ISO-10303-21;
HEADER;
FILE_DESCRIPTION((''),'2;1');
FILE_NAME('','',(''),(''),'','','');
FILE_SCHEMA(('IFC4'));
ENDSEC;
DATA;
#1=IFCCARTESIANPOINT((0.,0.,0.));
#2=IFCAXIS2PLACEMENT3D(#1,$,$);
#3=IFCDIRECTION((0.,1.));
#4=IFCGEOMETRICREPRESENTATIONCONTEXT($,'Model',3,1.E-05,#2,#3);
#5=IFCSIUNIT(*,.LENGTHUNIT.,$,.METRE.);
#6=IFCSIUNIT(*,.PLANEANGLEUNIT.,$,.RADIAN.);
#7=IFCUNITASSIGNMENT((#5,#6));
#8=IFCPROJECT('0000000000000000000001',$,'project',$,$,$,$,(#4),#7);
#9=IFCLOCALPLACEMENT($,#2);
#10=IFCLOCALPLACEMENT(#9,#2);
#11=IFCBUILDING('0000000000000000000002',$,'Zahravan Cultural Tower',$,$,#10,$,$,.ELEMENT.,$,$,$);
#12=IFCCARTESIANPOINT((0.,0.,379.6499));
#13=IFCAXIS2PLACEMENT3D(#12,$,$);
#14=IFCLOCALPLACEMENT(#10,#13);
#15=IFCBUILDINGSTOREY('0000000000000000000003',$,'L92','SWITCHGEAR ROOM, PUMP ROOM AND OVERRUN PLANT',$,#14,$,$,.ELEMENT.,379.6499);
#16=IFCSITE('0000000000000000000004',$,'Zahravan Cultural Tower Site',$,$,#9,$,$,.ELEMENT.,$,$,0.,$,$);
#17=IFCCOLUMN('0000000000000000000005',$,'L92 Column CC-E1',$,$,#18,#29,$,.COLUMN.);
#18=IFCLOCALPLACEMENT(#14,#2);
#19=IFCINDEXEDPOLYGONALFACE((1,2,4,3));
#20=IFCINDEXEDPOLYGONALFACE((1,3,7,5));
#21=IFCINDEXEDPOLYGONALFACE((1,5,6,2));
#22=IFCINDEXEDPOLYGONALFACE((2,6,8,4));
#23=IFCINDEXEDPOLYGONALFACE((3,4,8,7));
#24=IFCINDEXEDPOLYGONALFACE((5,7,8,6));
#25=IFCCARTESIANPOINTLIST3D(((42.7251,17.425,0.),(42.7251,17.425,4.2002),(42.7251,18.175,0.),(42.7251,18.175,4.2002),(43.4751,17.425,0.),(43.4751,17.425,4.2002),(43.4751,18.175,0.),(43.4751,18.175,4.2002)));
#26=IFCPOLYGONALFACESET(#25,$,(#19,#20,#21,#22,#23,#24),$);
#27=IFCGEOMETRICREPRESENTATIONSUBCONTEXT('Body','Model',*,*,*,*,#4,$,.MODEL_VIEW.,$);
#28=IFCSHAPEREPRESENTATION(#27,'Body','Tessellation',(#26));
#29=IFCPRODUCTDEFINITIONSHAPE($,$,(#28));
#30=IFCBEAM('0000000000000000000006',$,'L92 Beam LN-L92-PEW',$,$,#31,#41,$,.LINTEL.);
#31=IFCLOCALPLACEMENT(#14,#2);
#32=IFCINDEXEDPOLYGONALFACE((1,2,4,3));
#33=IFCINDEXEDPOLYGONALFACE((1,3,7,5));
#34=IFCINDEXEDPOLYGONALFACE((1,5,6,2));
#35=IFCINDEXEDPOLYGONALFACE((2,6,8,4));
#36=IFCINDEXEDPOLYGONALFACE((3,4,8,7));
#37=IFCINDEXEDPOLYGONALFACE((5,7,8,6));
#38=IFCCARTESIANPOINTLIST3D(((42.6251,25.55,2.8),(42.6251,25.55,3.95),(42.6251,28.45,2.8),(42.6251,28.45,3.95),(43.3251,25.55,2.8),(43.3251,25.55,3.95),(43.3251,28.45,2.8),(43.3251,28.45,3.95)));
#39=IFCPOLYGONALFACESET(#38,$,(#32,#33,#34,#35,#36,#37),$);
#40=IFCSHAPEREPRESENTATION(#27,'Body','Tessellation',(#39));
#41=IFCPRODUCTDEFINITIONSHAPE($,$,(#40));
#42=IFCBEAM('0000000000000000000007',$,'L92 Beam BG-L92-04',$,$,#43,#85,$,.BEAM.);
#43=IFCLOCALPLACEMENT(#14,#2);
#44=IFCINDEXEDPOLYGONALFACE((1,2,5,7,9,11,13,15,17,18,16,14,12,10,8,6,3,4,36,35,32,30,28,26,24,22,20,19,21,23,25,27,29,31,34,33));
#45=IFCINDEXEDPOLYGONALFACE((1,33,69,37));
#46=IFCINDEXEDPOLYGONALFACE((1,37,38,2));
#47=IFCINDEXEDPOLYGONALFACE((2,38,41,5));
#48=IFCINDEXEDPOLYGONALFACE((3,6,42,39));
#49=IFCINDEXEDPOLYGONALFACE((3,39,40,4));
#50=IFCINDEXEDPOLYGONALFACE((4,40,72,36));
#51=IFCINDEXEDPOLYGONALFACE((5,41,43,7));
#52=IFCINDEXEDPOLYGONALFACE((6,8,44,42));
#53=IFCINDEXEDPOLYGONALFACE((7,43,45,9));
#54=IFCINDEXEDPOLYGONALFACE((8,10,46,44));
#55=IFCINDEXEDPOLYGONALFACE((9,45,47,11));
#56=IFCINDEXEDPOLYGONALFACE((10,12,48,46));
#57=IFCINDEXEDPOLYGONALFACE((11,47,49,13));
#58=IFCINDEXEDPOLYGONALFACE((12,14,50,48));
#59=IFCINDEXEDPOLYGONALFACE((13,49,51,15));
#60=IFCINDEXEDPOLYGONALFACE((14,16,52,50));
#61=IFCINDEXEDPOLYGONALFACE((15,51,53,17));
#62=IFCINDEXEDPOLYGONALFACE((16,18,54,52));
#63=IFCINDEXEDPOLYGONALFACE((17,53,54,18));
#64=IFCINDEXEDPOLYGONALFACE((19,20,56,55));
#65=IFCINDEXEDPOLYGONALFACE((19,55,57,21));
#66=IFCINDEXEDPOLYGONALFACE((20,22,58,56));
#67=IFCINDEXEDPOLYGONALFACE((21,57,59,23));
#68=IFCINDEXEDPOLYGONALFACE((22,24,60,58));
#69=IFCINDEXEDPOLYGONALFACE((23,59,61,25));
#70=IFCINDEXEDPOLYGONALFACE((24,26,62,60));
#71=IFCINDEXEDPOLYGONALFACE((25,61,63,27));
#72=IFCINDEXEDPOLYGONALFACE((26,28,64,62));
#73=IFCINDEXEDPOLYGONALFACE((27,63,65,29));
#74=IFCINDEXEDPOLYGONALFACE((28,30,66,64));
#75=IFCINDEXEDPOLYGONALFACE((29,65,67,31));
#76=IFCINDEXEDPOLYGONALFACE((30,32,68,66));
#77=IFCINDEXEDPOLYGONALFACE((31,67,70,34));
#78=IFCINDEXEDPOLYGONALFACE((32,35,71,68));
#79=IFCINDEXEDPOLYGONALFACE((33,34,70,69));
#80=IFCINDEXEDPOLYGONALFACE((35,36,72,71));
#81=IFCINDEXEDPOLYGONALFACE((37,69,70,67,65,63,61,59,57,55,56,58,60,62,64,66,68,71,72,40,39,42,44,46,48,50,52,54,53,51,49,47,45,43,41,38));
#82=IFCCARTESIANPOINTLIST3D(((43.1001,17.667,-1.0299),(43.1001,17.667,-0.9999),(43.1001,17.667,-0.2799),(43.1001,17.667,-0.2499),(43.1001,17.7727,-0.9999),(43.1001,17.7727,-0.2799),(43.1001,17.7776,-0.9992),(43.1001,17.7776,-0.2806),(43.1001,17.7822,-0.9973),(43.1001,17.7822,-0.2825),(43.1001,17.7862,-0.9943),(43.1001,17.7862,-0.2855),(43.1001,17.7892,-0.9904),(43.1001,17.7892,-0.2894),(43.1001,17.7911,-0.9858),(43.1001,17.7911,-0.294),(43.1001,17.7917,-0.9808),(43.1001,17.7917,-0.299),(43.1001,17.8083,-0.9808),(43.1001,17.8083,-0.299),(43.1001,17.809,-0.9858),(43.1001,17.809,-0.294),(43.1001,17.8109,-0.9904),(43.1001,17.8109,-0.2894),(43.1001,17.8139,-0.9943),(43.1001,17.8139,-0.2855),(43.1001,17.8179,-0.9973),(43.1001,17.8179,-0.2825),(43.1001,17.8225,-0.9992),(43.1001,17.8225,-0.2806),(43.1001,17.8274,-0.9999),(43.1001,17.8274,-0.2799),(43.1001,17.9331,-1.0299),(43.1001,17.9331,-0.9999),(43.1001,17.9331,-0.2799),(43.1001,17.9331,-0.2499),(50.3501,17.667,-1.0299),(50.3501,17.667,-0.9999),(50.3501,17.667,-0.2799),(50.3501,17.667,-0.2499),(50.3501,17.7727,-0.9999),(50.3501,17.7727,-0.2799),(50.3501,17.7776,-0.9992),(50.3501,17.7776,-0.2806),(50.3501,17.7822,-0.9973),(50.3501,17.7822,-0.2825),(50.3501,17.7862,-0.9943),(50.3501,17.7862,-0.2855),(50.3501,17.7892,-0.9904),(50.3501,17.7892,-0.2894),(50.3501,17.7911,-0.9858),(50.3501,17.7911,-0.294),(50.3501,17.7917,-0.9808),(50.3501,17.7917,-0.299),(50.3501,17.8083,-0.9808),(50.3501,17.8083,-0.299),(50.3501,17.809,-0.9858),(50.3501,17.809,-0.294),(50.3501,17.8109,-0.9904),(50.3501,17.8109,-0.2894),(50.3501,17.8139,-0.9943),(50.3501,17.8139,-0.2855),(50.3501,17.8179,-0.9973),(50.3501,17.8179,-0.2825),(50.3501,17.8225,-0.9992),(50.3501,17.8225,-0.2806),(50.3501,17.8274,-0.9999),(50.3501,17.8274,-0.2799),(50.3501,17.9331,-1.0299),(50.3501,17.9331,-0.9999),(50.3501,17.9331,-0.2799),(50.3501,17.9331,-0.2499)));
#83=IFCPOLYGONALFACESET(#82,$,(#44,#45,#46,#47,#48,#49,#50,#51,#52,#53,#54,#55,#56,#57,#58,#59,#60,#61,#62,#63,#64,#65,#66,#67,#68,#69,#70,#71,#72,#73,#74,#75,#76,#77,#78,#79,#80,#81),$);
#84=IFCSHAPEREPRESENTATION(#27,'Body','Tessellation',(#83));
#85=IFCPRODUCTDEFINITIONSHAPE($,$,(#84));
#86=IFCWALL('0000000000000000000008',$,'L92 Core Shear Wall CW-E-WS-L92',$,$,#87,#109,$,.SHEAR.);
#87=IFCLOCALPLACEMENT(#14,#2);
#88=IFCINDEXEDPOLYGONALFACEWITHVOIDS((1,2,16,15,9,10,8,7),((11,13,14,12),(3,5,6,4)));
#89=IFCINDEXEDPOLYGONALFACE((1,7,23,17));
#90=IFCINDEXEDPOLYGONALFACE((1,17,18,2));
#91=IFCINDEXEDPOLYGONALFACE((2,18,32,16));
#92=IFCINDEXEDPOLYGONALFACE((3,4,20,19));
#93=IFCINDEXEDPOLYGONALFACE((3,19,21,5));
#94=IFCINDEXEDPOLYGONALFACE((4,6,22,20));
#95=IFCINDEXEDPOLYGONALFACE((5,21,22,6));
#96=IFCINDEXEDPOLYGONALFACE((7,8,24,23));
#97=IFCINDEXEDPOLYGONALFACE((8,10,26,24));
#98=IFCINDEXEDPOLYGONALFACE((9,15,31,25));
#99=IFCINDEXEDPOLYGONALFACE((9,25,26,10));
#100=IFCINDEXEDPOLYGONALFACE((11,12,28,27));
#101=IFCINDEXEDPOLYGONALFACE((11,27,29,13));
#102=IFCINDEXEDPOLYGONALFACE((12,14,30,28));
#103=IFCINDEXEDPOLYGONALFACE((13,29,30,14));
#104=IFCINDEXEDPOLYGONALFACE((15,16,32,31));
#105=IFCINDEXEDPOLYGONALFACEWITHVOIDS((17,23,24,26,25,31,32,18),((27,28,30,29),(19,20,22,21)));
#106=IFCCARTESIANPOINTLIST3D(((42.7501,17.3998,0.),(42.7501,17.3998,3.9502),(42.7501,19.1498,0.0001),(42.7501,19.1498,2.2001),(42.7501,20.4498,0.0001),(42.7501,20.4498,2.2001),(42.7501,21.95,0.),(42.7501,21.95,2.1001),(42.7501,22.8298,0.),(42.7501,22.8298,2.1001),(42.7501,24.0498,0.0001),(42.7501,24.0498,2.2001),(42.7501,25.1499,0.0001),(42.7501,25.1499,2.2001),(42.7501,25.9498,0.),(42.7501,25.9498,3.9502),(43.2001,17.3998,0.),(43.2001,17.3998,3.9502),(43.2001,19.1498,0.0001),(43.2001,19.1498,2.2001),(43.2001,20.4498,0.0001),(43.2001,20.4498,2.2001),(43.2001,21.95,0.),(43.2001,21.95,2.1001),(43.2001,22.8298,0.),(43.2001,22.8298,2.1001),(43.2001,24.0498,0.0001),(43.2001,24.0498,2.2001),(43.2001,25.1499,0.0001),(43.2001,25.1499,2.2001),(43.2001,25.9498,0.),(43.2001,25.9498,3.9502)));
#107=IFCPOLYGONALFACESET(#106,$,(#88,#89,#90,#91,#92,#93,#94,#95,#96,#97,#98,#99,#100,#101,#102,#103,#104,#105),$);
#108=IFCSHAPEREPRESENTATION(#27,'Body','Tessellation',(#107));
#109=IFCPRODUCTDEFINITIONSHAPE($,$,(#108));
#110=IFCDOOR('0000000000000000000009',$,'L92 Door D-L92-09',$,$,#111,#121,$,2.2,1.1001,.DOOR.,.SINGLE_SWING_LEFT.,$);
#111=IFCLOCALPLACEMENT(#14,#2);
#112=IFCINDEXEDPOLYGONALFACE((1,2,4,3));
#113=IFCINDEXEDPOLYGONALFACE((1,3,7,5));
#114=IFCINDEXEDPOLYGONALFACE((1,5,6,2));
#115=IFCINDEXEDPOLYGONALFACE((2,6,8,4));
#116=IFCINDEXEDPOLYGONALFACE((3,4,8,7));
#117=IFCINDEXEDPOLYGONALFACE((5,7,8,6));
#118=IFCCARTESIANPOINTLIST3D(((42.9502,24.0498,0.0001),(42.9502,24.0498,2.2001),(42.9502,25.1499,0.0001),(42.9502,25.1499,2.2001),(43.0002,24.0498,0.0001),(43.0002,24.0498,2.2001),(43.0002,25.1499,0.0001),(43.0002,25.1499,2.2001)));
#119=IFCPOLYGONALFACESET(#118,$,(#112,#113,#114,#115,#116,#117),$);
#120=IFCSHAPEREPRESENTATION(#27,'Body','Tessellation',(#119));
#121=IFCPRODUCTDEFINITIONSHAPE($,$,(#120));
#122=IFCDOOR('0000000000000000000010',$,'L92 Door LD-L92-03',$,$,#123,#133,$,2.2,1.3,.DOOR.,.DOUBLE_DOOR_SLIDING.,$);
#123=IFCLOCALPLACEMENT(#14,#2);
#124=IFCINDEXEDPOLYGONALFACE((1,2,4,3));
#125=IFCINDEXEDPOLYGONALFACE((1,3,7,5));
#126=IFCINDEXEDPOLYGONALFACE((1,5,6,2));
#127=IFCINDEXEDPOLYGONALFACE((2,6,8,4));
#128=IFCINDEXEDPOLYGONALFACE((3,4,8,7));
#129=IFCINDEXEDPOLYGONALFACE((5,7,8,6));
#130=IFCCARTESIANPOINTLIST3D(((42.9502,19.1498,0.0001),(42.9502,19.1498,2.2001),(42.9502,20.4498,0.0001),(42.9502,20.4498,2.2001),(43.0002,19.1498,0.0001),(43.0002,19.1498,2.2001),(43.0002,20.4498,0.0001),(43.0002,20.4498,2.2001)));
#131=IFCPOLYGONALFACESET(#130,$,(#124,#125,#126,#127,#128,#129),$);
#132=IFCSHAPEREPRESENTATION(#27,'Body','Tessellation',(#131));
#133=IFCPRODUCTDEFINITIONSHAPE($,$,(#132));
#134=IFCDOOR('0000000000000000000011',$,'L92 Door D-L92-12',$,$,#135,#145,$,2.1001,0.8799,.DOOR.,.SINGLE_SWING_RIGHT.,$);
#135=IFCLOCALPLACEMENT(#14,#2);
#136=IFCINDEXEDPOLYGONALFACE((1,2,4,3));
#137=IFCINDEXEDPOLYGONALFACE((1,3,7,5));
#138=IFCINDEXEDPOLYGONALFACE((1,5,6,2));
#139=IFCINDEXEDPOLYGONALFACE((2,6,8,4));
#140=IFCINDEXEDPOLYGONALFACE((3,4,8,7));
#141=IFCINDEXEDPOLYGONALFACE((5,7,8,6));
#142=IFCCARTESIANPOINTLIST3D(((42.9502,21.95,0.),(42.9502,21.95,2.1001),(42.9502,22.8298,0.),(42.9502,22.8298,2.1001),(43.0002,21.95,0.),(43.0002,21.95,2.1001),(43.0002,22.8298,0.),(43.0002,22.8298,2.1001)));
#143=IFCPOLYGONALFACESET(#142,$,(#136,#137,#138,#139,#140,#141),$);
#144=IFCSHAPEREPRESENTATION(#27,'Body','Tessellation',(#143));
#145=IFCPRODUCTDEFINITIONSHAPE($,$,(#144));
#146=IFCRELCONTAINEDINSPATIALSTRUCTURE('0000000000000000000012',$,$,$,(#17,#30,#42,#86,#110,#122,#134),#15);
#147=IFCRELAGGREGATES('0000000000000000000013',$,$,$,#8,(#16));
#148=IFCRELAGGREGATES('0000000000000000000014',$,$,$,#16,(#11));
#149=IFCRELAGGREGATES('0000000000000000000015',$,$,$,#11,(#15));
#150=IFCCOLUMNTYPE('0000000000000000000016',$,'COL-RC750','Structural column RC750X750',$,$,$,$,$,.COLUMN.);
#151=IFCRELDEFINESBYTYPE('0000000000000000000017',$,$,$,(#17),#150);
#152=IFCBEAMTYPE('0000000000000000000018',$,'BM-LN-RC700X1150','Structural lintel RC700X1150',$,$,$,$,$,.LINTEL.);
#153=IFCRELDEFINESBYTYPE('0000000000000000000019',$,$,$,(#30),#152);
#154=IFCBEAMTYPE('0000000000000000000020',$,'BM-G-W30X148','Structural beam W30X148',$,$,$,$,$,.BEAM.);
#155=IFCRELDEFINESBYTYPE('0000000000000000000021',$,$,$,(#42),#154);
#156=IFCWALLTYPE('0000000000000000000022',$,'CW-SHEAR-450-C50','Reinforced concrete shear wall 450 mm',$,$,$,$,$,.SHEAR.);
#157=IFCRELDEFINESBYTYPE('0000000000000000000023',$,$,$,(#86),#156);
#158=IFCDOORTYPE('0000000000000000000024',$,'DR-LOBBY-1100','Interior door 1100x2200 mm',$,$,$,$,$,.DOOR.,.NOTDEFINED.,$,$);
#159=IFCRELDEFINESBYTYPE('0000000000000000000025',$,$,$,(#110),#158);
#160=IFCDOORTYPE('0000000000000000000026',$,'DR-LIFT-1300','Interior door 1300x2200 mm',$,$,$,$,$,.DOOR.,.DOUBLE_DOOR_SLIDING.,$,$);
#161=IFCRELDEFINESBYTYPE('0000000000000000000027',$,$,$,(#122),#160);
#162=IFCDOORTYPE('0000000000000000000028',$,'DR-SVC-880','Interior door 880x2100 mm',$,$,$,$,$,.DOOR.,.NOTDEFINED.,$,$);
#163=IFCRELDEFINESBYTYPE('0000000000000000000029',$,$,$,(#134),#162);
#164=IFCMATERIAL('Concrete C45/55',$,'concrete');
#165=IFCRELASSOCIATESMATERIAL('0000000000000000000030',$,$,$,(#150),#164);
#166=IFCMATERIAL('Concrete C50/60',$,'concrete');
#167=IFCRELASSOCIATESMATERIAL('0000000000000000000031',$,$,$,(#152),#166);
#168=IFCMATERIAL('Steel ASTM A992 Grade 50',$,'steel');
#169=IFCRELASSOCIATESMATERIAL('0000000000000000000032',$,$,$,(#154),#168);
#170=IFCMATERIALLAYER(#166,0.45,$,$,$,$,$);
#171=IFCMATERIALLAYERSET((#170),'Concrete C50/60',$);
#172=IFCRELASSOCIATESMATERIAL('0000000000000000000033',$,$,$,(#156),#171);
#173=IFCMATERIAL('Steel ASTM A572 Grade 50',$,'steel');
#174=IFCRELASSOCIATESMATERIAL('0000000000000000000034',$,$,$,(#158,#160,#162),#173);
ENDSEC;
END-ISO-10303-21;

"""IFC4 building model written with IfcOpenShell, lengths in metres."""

from ifc_helpers import new_model, si_unit, direction, frame, frame_2d, origin, origin_2d, place, context, subcontext, project, spatial, rectangle, i_section, extrude, source, transform, mapped, material, layer, layer_set, material_profile, profile_set, type_object, element, fill, save


model = new_model("IFC4")

# Units and contexts
model_context = context("Model", 3, precision=1e-05, world=origin(), true_north=direction((0.0, 1.0)))
body_context = subcontext(model_context, "Body", "Model", "MODEL_VIEW")
ifc_project = project(units=[si_unit("LENGTHUNIT", "METRE"), si_unit("PLANEANGLEUNIT", "RADIAN")], contexts=[model_context])

# Site, building, storey
site_placement = place(None, origin())
site = spatial("IfcSite", under=ifc_project, at=site_placement, Name="Zahravan Cultural Tower Site", CompositionType="ELEMENT", RefElevation=0.0)
building_placement = place(site_placement, origin())
building = spatial("IfcBuilding", under=site, at=building_placement, Name="Zahravan Cultural Tower", CompositionType="ELEMENT")
storey_placement = place(building_placement, frame((0.0, 0.0, 379.6499)))
storey = spatial("IfcBuildingStorey", under=building, at=storey_placement, Name="L92", Description="SWITCHGEAR ROOM, PUMP ROOM AND OVERRUN PLANT", CompositionType="ELEMENT", Elevation=379.6499)

# Column
ifc_material_1 = material(Name="Concrete C45/55", Category="concrete")
ifc_material_profile_1 = material_profile(ifc_material_1, rectangle(XDim=0.75, YDim=0.75, at=origin_2d()), Name="RC750X750")
ifc_profile_set_1 = profile_set([ifc_material_profile_1], Name="Concrete C45/55")
column_type = type_object("IfcColumnType", Name="COL-RC750", Description="Structural column RC750X750", PredefinedType="COLUMN", material=ifc_profile_set_1)
shared_shape_1 = source(origin(), body_context, "Body", "SweptSolid", [
    extrude(rectangle(XDim=0.75, YDim=0.75, at=origin_2d()), origin(), (0.0, 0.0, 1.0), 4.2002),
])
column_placement = place(storey_placement, frame((43.1001, 17.8, 0.0), z_axis=(0.0, 0.0, 1.0), x_axis=(1.0, 0.0, 0.0)))
element("IfcColumn", 1, at=column_placement, inside=storey, type_object=column_type, Name="L92 Column CC-E1", PredefinedType="COLUMN", context=body_context, shape_type="MappedRepresentation", body=[
    mapped(shared_shape_1, transform((0.0, 0.0, 0.0), x_axis=(1.0, 0.0, 0.0), y_axis=(0.0, 1.0, 0.0), z_axis=(0.0, 0.0, 1.0), scale=1.0)),
])

# Beams
ifc_material_2 = material(Name="Concrete C50/60", Category="concrete")
ifc_material_profile_2 = material_profile(ifc_material_2, rectangle(XDim=0.7, YDim=1.1499, at=origin_2d()), Name="RC700X1150")
ifc_profile_set_2 = profile_set([ifc_material_profile_2], Name="Concrete C50/60")
beam_type_1 = type_object("IfcBeamType", Name="BM-LN-RC700X1150", Description="Structural lintel RC700X1150", PredefinedType="LINTEL", material=ifc_profile_set_2)
shared_shape_2 = source(origin(), body_context, "Body", "SweptSolid", [
    extrude(rectangle(XDim=0.7, YDim=1.1499, at=origin_2d()), origin(), (0.0, 0.0, 1.0), 2.8999),
])
beam_1_placement = place(storey_placement, frame((42.9751, 25.55, 3.375), z_axis=(0.0, 1.0, 0.0), x_axis=(-1.0, 0.0, 0.0)))
element("IfcBeam", 2, at=beam_1_placement, inside=storey, type_object=beam_type_1, Name="L92 Beam LN-L92-PEW", PredefinedType="LINTEL", context=body_context, shape_type="MappedRepresentation", body=[
    mapped(shared_shape_2, transform((0.0, 0.0, 0.0), x_axis=(1.0, 0.0, 0.0), y_axis=(0.0, 1.0, 0.0), z_axis=(0.0, 0.0, 1.0), scale=1.0)),
])
ifc_material_3 = material(Name="Steel ASTM A992 Grade 50", Category="steel")
ifc_material_profile_3 = material_profile(ifc_material_3, i_section(OverallWidth=0.2661, OverallDepth=0.78, WebThickness=0.0166, FlangeThickness=0.03, FilletRadius=0.019, at=origin_2d()), Name="W30X148")
ifc_profile_set_3 = profile_set([ifc_material_profile_3], Name="Steel ASTM A992 Grade 50")
beam_type_2 = type_object("IfcBeamType", Name="BM-G-W30X148", Description="Structural beam W30X148", PredefinedType="BEAM", material=ifc_profile_set_3)
shared_shape_3 = source(origin(), body_context, "Body", "SweptSolid", [
    extrude(i_section(OverallWidth=0.2661, OverallDepth=0.78, WebThickness=0.0166, FlangeThickness=0.03, FilletRadius=0.019, at=origin_2d()), origin(), (0.0, 0.0, 1.0), 7.25),
])
beam_2_placement = place(storey_placement, frame((43.1001, 17.8, -0.6399), z_axis=(1.0, 0.0, 0.0), x_axis=(0.0, 1.0, 0.0)))
element("IfcBeam", 3, at=beam_2_placement, inside=storey, type_object=beam_type_2, Name="L92 Beam BG-L92-04", PredefinedType="BEAM", context=body_context, shape_type="MappedRepresentation", body=[
    mapped(shared_shape_3, transform((0.0, 0.0, 0.0), x_axis=(1.0, 0.0, 0.0), y_axis=(0.0, 1.0, 0.0), z_axis=(0.0, 0.0, 1.0), scale=1.0)),
])

# Wall, openings, doors
ifc_layer_1 = layer(ifc_material_2, 0.45)
ifc_layer_set_1 = layer_set([ifc_layer_1], Name="Concrete C50/60")
wall_type_1 = type_object("IfcWallType", Name="CW-SHEAR-450-C50", Description="Reinforced concrete shear wall 450 mm", PredefinedType="SHEAR", material=ifc_layer_set_1)
wall_1_placement = place(storey_placement, frame((42.9751, 17.3999, 0.0), z_axis=(0.0, 0.0, 1.0), x_axis=(0.0, 1.0, 0.0)))
wall_1 = element("IfcWall", 4, at=wall_1_placement, inside=storey, type_object=wall_type_1, Name="L92 Core Shear Wall CW-E-WS-L92", PredefinedType="SHEAR", context=body_context, shape_type="SweptSolid", body=[
    extrude(rectangle(XDim=8.55, YDim=0.45, at=frame_2d((4.2749, 0.0))), origin(), (0.0, 0.0, 1.0), 3.9502),
])
opening_1_placement = place(wall_1_placement, frame((6.6499, 0.0, 0.0)))
opening_1 = element("IfcOpeningElement", 5, at=opening_1_placement, cuts=wall_1, PredefinedType="OPENING", context=body_context, shape_type="SweptSolid", body=[
    extrude(rectangle(XDim=1.1001, YDim=2.2, at=frame_2d((0.55, 1.1001))), frame((0.0, 0.2349, 0.0), z_axis=(0.0, -1.0, 0.0), x_axis=(1.0, 0.0, 0.0)), (0.0, 0.0, 1.0), 0.47),
])
opening_2_placement = place(wall_1_placement, frame((1.75, 0.0, 0.0)))
opening_2 = element("IfcOpeningElement", 6, at=opening_2_placement, cuts=wall_1, PredefinedType="OPENING", context=body_context, shape_type="SweptSolid", body=[
    extrude(rectangle(XDim=1.3, YDim=2.2, at=frame_2d((0.6499, 1.1001))), frame((0.0, 0.2349, 0.0), z_axis=(0.0, -1.0, 0.0), x_axis=(1.0, 0.0, 0.0)), (0.0, 0.0, 1.0), 0.47),
])
opening_3_placement = place(wall_1_placement, frame((4.55, 0.0, 0.0)))
opening_3 = element("IfcOpeningElement", 7, at=opening_3_placement, cuts=wall_1, PredefinedType="OPENING", context=body_context, shape_type="SweptSolid", body=[
    extrude(rectangle(XDim=0.8799, YDim=2.1001, at=frame_2d((0.4399, 1.05))), frame((0.0, 0.2349, 0.0), z_axis=(0.0, -1.0, 0.0), x_axis=(1.0, 0.0, 0.0)), (0.0, 0.0, 1.0), 0.47),
])
ifc_material_4 = material(Name="Steel ASTM A572 Grade 50", Category="steel")
door_type_1 = type_object("IfcDoorType", Name="DR-LOBBY-1100", Description="Interior door 1100x2200 mm", OperationType="NOTDEFINED", PredefinedType="DOOR", material=ifc_material_4)
shared_shape_4 = source(origin(), body_context, "Body", "SweptSolid", [
    extrude(rectangle(XDim=1.1001, YDim=2.2, at=frame_2d((0.55, 1.1001))), frame((0.0, 0.0249, 0.0), z_axis=(0.0, -1.0, 0.0), x_axis=(1.0, 0.0, 0.0)), (0.0, 0.0, 1.0), 0.05),
])
door_1_placement = place(opening_1_placement, origin())
door_1 = element("IfcDoor", 8, at=door_1_placement, inside=storey, type_object=door_type_1, Name="L92 Door D-L92-09", OperationType="SINGLE_SWING_LEFT", OverallHeight=2.2, OverallWidth=1.1001, PredefinedType="DOOR", context=body_context, shape_type="MappedRepresentation", body=[
    mapped(shared_shape_4, transform((0.0, 0.0, 0.0), x_axis=(1.0, 0.0, 0.0), y_axis=(0.0, 1.0, 0.0), z_axis=(0.0, 0.0, 1.0), scale=1.0)),
])
fill(opening_1, door_1)
door_type_2 = type_object("IfcDoorType", Name="DR-LIFT-1300", Description="Interior door 1300x2200 mm", OperationType="DOUBLE_DOOR_SLIDING", PredefinedType="DOOR", material=ifc_material_4)
shared_shape_5 = source(origin(), body_context, "Body", "SweptSolid", [
    extrude(rectangle(XDim=1.3, YDim=2.2, at=frame_2d((0.6499, 1.1001))), frame((0.0, 0.0249, 0.0), z_axis=(0.0, -1.0, 0.0), x_axis=(1.0, 0.0, 0.0)), (0.0, 0.0, 1.0), 0.05),
])
door_2_placement = place(opening_2_placement, origin())
door_2 = element("IfcDoor", 9, at=door_2_placement, inside=storey, type_object=door_type_2, Name="L92 Door LD-L92-03", OperationType="DOUBLE_DOOR_SLIDING", OverallHeight=2.2, OverallWidth=1.3, PredefinedType="DOOR", context=body_context, shape_type="MappedRepresentation", body=[
    mapped(shared_shape_5, transform((0.0, 0.0, 0.0), x_axis=(1.0, 0.0, 0.0), y_axis=(0.0, 1.0, 0.0), z_axis=(0.0, 0.0, 1.0), scale=1.0)),
])
fill(opening_2, door_2)
door_type_3 = type_object("IfcDoorType", Name="DR-SVC-880", Description="Interior door 880x2100 mm", OperationType="NOTDEFINED", PredefinedType="DOOR", material=ifc_material_4)
shared_shape_6 = source(origin(), body_context, "Body", "SweptSolid", [
    extrude(rectangle(XDim=0.8799, YDim=2.1001, at=frame_2d((0.4399, 1.05))), frame((0.0, 0.0249, 0.0), z_axis=(0.0, -1.0, 0.0), x_axis=(1.0, 0.0, 0.0)), (0.0, 0.0, 1.0), 0.05),
])
door_3_placement = place(opening_3_placement, origin())
door_3 = element("IfcDoor", 10, at=door_3_placement, inside=storey, type_object=door_type_3, Name="L92 Door D-L92-12", OperationType="SINGLE_SWING_RIGHT", OverallHeight=2.1001, OverallWidth=0.8799, PredefinedType="DOOR", context=body_context, shape_type="MappedRepresentation", body=[
    mapped(shared_shape_6, transform((0.0, 0.0, 0.0), x_axis=(1.0, 0.0, 0.0), y_axis=(0.0, 1.0, 0.0), z_axis=(0.0, 0.0, 1.0), scale=1.0)),
])
fill(opening_3, door_3)

save(model, "model.ifc")
